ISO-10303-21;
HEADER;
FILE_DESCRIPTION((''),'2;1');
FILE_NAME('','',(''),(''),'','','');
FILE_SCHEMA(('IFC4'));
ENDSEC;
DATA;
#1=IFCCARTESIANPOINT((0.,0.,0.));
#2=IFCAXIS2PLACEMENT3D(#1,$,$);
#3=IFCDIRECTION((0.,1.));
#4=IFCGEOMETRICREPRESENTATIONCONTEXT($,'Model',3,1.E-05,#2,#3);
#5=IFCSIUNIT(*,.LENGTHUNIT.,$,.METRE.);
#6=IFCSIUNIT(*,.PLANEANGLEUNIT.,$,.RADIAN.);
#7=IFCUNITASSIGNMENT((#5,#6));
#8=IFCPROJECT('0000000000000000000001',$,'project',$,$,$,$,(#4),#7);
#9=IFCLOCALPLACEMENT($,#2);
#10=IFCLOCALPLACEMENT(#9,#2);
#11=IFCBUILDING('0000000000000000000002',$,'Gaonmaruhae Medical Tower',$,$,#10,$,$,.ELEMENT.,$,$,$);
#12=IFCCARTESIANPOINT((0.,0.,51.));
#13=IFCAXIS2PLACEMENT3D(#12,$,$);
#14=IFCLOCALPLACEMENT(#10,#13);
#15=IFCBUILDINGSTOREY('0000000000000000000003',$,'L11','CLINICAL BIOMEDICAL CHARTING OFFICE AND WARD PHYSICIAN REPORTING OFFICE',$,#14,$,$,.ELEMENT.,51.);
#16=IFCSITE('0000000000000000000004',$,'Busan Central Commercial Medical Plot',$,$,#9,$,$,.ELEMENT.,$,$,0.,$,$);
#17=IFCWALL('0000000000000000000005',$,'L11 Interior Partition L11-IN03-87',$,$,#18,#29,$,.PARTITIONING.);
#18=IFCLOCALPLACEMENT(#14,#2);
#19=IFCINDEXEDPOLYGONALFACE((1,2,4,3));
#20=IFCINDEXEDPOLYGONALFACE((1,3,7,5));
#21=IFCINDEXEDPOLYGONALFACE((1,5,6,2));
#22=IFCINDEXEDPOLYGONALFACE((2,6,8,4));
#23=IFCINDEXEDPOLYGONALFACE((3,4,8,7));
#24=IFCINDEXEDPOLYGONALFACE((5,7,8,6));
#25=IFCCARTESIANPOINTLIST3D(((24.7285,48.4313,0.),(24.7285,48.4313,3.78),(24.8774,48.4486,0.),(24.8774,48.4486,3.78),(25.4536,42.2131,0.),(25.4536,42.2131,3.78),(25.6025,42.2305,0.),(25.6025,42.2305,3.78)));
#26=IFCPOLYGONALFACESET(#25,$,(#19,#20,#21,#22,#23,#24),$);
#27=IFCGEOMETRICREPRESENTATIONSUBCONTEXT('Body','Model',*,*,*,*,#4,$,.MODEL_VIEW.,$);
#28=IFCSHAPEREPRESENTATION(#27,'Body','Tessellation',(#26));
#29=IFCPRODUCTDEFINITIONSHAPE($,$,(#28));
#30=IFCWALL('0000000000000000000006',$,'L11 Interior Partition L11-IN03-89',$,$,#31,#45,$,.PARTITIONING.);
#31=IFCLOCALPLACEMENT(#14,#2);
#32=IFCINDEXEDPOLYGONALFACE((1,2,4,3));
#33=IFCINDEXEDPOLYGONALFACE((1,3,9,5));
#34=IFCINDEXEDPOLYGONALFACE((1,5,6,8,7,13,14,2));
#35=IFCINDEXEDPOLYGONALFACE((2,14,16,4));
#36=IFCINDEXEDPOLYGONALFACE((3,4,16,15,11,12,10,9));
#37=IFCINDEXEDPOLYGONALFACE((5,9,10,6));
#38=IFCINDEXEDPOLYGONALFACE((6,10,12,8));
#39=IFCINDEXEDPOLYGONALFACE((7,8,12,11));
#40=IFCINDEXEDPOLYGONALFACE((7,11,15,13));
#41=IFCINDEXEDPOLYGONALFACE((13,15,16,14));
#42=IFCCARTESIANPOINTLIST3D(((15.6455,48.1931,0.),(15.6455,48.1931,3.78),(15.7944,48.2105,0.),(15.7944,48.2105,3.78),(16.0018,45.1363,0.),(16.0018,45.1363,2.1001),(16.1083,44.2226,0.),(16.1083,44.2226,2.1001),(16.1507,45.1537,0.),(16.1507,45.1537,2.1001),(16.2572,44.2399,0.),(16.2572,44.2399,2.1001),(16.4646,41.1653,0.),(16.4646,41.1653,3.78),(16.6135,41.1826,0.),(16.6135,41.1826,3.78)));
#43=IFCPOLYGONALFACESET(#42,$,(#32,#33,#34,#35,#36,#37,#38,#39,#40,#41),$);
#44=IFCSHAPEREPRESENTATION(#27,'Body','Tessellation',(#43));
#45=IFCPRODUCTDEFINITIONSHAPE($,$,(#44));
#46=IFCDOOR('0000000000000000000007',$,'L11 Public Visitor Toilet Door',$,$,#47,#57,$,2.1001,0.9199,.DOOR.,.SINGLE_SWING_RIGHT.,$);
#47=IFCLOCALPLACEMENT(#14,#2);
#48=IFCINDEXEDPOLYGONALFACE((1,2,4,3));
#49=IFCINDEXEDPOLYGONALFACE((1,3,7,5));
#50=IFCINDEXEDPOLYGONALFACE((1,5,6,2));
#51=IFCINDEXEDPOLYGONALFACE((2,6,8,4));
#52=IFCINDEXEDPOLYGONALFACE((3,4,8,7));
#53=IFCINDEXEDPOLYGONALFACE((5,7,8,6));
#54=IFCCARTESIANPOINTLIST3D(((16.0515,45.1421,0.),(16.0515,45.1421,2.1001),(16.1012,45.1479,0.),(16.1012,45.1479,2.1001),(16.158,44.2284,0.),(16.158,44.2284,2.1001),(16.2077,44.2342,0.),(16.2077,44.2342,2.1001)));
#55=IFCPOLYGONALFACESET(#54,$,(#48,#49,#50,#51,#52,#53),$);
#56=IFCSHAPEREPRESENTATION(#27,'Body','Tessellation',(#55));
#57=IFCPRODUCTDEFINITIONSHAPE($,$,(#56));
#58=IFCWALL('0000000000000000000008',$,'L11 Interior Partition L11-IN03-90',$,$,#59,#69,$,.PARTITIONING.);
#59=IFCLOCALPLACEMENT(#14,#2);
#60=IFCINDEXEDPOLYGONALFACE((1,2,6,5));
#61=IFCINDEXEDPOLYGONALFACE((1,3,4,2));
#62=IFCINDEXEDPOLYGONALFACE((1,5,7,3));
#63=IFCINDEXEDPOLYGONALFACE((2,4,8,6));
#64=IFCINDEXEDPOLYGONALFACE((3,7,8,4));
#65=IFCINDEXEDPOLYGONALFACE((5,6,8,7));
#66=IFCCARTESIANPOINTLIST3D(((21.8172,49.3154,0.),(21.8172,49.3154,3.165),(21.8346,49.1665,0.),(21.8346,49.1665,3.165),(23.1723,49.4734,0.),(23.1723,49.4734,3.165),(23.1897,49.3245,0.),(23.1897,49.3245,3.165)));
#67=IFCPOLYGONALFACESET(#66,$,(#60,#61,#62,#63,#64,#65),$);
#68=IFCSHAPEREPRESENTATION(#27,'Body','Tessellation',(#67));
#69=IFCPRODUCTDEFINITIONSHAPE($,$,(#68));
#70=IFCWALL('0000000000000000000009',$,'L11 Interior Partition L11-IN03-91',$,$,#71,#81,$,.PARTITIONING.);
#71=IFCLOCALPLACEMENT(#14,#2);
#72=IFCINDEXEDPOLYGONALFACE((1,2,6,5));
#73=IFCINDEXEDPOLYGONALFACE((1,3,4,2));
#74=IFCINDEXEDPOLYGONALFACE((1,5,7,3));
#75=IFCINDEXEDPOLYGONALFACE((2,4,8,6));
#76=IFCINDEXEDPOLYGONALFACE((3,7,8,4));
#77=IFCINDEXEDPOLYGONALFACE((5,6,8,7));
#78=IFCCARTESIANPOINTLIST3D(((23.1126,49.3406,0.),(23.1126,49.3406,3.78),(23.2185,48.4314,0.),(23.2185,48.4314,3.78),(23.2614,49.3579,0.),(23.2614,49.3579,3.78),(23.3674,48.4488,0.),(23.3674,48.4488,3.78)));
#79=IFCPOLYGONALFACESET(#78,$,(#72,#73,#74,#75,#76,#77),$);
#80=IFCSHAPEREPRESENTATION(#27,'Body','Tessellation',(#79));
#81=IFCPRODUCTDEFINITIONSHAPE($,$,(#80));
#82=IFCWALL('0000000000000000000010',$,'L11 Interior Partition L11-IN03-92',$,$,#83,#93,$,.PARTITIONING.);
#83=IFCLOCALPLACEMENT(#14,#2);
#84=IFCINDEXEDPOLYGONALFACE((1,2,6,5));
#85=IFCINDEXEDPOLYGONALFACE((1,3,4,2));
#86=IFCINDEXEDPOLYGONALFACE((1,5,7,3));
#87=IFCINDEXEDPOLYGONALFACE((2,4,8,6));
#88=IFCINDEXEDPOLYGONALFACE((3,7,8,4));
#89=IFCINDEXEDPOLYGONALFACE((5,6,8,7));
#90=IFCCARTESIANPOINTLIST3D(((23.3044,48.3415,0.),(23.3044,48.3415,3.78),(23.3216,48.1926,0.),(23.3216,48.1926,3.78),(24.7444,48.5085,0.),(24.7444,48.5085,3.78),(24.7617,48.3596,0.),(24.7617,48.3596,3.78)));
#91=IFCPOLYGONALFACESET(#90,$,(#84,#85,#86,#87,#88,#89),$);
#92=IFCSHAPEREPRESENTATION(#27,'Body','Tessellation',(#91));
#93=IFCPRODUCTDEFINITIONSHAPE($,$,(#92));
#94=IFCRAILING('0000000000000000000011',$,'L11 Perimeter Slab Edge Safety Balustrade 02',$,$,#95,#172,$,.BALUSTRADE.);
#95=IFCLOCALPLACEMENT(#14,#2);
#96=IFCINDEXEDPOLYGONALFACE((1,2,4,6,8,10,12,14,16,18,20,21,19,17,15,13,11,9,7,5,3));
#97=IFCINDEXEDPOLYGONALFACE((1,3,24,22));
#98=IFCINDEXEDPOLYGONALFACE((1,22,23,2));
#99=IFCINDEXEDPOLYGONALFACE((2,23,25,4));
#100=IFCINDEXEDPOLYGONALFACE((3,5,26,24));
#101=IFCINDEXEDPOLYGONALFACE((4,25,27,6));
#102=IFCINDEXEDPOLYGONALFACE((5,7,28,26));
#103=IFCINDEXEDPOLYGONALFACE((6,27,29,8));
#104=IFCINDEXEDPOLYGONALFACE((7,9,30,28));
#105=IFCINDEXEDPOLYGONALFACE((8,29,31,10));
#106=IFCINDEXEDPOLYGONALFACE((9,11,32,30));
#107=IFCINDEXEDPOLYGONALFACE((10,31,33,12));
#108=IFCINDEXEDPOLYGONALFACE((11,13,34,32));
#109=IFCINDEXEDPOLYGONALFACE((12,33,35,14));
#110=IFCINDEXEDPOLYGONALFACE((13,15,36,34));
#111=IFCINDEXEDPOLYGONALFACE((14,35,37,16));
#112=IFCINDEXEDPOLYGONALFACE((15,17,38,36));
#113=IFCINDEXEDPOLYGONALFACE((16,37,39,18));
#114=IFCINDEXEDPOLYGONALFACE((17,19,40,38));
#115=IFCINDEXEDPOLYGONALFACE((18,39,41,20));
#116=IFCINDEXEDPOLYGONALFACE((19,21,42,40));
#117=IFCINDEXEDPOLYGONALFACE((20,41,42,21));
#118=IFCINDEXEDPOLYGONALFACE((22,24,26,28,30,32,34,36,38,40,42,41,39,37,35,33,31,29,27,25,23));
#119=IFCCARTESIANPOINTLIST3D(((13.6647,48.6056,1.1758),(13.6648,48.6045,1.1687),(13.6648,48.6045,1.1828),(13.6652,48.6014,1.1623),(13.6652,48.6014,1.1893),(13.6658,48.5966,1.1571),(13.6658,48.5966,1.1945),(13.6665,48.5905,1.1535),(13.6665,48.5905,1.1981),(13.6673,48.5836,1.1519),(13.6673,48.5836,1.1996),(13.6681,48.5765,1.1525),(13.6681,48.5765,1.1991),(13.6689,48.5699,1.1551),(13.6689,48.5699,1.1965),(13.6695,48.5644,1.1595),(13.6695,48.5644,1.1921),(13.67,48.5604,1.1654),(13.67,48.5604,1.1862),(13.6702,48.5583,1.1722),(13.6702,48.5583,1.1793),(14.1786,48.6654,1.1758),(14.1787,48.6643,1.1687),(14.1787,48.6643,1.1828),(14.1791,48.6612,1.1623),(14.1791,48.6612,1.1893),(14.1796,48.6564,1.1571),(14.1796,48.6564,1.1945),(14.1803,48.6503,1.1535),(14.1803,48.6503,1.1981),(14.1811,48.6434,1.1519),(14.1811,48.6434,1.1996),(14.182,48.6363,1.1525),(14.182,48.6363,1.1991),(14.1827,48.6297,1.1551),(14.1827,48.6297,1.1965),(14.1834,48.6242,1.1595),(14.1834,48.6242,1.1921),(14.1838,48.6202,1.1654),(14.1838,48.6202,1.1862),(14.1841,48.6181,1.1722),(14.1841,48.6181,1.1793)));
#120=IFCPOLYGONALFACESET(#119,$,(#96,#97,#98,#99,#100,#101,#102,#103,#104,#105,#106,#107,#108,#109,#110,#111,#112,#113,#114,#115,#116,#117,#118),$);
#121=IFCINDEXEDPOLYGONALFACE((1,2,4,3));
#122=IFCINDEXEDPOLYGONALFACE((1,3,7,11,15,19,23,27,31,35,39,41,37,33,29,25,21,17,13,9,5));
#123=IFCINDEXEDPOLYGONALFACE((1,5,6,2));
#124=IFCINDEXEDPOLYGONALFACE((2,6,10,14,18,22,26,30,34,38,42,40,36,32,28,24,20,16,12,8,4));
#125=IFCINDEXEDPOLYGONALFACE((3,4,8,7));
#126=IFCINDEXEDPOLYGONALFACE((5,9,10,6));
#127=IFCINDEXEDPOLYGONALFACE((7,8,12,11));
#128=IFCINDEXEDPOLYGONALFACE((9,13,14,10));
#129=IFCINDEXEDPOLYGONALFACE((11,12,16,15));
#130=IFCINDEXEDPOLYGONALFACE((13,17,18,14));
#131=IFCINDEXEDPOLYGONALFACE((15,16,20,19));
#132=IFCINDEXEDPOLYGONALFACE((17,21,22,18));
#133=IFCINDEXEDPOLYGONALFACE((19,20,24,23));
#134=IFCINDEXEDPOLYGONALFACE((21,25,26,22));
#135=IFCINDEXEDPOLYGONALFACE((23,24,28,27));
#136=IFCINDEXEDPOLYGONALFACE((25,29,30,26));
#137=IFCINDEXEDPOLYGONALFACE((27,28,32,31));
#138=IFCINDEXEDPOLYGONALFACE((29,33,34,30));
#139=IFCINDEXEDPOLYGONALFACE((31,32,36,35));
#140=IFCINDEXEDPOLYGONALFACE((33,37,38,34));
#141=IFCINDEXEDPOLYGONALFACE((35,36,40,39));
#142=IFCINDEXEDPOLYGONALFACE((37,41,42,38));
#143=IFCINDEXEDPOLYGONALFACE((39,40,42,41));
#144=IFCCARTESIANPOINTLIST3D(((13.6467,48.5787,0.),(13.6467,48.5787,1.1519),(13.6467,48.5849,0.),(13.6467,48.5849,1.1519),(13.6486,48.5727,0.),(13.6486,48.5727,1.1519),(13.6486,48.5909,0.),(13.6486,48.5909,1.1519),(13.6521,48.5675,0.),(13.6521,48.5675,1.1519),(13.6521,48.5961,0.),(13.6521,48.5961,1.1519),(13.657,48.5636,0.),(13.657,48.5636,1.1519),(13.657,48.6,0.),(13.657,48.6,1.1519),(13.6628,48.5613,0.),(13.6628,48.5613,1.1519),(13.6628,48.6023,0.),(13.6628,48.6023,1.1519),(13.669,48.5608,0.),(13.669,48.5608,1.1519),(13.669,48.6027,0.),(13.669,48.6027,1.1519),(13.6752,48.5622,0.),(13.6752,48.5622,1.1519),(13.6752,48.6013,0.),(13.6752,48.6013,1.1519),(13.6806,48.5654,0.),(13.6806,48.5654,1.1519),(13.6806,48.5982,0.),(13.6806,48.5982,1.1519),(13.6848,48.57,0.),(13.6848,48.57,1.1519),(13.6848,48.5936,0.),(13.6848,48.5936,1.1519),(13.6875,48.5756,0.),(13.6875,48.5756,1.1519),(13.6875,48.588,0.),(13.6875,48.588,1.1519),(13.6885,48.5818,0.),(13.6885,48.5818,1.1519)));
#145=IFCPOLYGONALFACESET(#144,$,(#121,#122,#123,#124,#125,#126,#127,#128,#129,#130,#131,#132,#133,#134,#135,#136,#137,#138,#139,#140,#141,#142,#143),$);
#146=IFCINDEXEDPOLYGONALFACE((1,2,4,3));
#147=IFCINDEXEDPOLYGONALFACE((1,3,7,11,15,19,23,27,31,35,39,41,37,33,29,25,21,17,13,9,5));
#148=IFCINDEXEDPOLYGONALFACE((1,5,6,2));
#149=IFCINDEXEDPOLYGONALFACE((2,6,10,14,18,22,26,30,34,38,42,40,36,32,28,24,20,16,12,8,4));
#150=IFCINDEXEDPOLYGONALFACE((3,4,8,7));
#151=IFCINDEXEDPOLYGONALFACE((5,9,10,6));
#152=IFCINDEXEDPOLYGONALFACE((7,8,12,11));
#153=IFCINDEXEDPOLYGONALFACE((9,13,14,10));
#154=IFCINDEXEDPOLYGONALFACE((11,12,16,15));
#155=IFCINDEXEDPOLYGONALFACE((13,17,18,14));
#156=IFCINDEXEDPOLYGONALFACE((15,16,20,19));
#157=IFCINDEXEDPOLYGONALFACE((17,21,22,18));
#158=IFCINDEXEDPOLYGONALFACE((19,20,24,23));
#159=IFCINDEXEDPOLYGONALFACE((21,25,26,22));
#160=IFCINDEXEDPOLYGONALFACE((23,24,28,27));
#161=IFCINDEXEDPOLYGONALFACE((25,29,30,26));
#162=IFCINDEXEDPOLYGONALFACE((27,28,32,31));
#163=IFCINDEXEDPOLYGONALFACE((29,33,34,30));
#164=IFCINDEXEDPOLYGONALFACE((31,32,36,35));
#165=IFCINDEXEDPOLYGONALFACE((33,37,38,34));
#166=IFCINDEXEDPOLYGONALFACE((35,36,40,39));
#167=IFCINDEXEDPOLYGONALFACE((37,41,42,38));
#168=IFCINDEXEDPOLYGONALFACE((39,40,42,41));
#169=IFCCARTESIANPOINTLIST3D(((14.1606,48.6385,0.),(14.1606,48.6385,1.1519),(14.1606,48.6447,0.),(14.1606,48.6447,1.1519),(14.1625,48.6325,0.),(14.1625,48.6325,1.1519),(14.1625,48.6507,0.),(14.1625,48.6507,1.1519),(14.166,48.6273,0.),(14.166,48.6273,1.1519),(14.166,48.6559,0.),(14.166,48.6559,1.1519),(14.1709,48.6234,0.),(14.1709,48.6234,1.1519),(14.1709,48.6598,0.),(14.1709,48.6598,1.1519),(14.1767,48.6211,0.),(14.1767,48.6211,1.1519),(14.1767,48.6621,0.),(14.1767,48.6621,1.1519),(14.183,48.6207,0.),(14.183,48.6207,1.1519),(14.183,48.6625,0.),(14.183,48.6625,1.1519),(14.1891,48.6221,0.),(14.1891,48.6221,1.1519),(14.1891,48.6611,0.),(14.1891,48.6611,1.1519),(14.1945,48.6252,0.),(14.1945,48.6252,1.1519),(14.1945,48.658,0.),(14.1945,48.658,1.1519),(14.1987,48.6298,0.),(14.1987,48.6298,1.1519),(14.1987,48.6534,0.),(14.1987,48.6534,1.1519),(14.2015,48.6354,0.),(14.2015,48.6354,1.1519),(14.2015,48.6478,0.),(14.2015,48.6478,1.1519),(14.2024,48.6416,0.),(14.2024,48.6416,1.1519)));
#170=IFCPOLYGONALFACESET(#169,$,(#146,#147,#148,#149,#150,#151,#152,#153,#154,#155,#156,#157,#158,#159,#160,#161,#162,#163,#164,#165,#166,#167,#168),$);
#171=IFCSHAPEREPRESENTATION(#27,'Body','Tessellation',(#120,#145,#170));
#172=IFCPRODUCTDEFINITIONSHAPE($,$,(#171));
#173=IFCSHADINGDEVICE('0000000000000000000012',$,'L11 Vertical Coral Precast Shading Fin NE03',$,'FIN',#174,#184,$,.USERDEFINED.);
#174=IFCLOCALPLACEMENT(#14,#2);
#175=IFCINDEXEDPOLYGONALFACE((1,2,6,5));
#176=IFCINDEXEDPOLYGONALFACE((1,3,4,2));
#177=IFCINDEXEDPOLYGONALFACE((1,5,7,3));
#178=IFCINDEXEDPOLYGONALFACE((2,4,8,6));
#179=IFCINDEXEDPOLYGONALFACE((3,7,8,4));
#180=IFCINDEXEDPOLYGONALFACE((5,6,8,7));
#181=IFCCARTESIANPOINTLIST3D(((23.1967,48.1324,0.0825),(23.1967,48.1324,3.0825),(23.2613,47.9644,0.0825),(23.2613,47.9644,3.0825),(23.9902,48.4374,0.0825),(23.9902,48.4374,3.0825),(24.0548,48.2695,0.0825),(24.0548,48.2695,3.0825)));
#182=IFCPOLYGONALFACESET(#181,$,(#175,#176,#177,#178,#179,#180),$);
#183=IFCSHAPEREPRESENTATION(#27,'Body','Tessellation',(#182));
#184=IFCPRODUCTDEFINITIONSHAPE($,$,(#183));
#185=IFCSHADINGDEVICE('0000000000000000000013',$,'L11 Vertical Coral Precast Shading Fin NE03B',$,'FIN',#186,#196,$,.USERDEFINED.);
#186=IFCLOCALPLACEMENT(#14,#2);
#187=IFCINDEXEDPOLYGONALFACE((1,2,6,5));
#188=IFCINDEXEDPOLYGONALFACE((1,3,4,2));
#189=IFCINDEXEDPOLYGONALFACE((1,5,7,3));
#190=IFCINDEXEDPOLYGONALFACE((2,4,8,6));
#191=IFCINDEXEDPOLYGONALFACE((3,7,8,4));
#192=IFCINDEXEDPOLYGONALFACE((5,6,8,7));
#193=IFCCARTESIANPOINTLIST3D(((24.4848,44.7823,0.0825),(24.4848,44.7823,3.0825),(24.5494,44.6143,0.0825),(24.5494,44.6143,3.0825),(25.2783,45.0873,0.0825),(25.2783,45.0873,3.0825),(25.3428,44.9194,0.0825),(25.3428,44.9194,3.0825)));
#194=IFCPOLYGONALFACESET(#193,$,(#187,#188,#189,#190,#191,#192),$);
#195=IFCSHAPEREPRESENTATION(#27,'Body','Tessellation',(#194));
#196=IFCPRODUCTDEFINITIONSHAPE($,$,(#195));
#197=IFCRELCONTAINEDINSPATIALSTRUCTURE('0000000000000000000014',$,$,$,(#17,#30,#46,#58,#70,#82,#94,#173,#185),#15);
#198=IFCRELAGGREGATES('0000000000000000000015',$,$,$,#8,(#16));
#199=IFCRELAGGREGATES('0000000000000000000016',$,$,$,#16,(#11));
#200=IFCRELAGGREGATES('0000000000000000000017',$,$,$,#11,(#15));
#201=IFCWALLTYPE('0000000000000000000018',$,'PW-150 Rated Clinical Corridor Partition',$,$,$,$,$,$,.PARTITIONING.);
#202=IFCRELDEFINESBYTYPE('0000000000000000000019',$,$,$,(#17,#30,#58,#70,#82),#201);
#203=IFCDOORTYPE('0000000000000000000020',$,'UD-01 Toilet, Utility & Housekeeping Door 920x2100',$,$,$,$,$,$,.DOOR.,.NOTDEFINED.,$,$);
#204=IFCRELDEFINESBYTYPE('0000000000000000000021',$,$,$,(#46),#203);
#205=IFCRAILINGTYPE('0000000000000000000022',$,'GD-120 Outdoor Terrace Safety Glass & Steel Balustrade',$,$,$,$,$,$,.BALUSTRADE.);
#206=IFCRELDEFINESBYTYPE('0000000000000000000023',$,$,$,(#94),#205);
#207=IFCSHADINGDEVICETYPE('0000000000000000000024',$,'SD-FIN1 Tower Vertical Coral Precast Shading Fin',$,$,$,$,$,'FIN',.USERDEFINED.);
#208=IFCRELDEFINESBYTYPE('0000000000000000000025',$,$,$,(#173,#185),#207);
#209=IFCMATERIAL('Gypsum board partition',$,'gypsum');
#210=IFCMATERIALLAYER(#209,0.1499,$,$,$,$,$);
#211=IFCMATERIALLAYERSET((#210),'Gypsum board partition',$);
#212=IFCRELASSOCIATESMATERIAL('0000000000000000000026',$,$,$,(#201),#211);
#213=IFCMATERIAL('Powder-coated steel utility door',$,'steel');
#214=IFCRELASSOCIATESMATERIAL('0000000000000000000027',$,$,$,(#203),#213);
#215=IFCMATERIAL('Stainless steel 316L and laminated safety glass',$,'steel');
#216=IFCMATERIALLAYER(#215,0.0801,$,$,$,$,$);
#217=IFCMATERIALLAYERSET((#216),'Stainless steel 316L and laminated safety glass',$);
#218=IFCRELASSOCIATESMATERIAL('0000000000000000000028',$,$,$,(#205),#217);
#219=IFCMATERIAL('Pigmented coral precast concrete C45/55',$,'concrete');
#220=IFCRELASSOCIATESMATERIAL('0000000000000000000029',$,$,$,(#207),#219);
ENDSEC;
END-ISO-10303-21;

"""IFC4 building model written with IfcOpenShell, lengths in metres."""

from ifc_helpers import new_model, si_unit, direction, frame, frame_2d, origin, origin_2d, place, context, subcontext, project, spatial, rectangle, circle, extrude, material, layer, layer_set, type_object, element, fill, save


model = new_model("IFC4")

# Units and contexts
model_context = context("Model", 3, precision=1e-05, world=origin(), true_north=direction((0.0, 1.0)))
body_context = subcontext(model_context, "Body", "Model", "MODEL_VIEW")
ifc_project = project(units=[si_unit("LENGTHUNIT", "METRE"), si_unit("PLANEANGLEUNIT", "RADIAN")], contexts=[model_context])

# Site, building, storey
site_placement = place(None, origin())
site = spatial("IfcSite", under=ifc_project, at=site_placement, Name="Busan Central Commercial Medical Plot", CompositionType="ELEMENT", RefElevation=0.0)
building_placement = place(site_placement, origin())
building = spatial("IfcBuilding", under=site, at=building_placement, Name="Gaonmaruhae Medical Tower", CompositionType="ELEMENT")
storey_placement = place(building_placement, frame((0.0, 0.0, 51.0)))
storey = spatial("IfcBuildingStorey", under=building, at=storey_placement, Name="L11", Description="CLINICAL BIOMEDICAL CHARTING OFFICE AND WARD PHYSICIAN REPORTING OFFICE", CompositionType="ELEMENT", Elevation=51.0)

# Shared definitions
ifc_material_1 = material(Name="Gypsum board partition", Category="gypsum")
ifc_layer_1 = layer(ifc_material_1, 0.1499)
ifc_layer_set_1 = layer_set([ifc_layer_1], Name="Gypsum board partition")
wall_type_1 = type_object("IfcWallType", Name="PW-150 Rated Clinical Corridor Partition", PredefinedType="PARTITIONING", material=ifc_layer_set_1)

# Wall
wall_1_placement = place(storey_placement, frame((24.803, 48.4399, 0.0), z_axis=(0.0, 0.0, 1.0), x_axis=(0.115827, -0.993269, 0.0)))
element("IfcWall", 1, at=wall_1_placement, inside=storey, type_object=wall_type_1, Name="L11 Interior Partition L11-IN03-87", PredefinedType="PARTITIONING", context=body_context, shape_type="SweptSolid", body=[
    extrude(rectangle(XDim=6.2603, YDim=0.1499, at=frame_2d((3.1301, 0.0))), origin(), (0.0, 0.0, 1.0), 3.78),
])

# Wall, opening, door
wall_2_placement = place(storey_placement, frame((16.5391, 41.1741, 0.0), z_axis=(0.0, 0.0, 1.0), x_axis=(-0.115766, 0.993277, 0.0)))
wall_2 = element("IfcWall", 2, at=wall_2_placement, inside=storey, type_object=wall_type_1, Name="L11 Interior Partition L11-IN03-89", PredefinedType="PARTITIONING", context=body_context, shape_type="SweptSolid", body=[
    extrude(rectangle(XDim=7.0754, YDim=0.1499, at=frame_2d((3.5376, 0.0))), origin(), (0.0, 0.0, 1.0), 3.78),
])
opening_1_placement = place(wall_2_placement, frame((3.0779, 0.0, 0.0)))
opening_1 = element("IfcOpeningElement", 3, at=opening_1_placement, cuts=wall_2, PredefinedType="OPENING", context=body_context, shape_type="SweptSolid", body=[
    extrude(rectangle(XDim=0.9199, YDim=2.1001, at=frame_2d((0.46, 1.05))), frame((0.0, 0.085, 0.0), z_axis=(0.0, -1.0, 0.0), x_axis=(1.0, 0.0, 0.0)), (0.0, 0.0, 1.0), 0.1699),
])
ifc_material_2 = material(Name="Powder-coated steel utility door", Category="steel")
door_type_1 = type_object("IfcDoorType", Name="UD-01 Toilet, Utility & Housekeeping Door 920x2100", OperationType="NOTDEFINED", PredefinedType="DOOR", material=ifc_material_2)
door_1_placement = place(opening_1_placement, origin())
door_1 = element("IfcDoor", 4, at=door_1_placement, inside=storey, type_object=door_type_1, Name="L11 Public Visitor Toilet Door", OperationType="SINGLE_SWING_RIGHT", OverallHeight=2.1001, OverallWidth=0.9199, PredefinedType="DOOR", context=body_context, shape_type="SweptSolid", body=[
    extrude(rectangle(XDim=0.9199, YDim=2.1001, at=frame_2d((0.46, 1.05))), frame((0.0, 0.0249, 0.0), z_axis=(0.0, -1.0, 0.0), x_axis=(1.0, 0.0, 0.0)), (0.0, 0.0, 1.0), 0.05),
])
fill(opening_1, door_1)

# Walls
wall_3_placement = place(storey_placement, frame((21.8259, 49.241, 0.0), z_axis=(0.0, 0.0, 1.0), x_axis=(0.993273, 0.115792, 0.0)))
element("IfcWall", 5, at=wall_3_placement, inside=storey, type_object=wall_type_1, Name="L11 Interior Partition L11-IN03-90", PredefinedType="PARTITIONING", context=body_context, shape_type="SweptSolid", body=[
    extrude(rectangle(XDim=1.3643, YDim=0.1499, at=frame_2d((0.6821, 0.0))), origin(), (0.0, 0.0, 1.0), 3.165),
])
wall_4_placement = place(storey_placement, frame((23.187, 49.3491, 0.0), z_axis=(0.0, 0.0, 1.0), x_axis=(0.115758, -0.993277, 0.0)))
element("IfcWall", 6, at=wall_4_placement, inside=storey, type_object=wall_type_1, Name="L11 Interior Partition L11-IN03-91", PredefinedType="PARTITIONING", context=body_context, shape_type="SweptSolid", body=[
    extrude(rectangle(XDim=0.9153, YDim=0.1499, at=frame_2d((0.4575, 0.0))), origin(), (0.0, 0.0, 1.0), 3.78),
])
wall_5_placement = place(storey_placement, frame((23.313, 48.2671, 0.0), z_axis=(0.0, 0.0, 1.0), x_axis=(0.993342, 0.115199, 0.0)))
element("IfcWall", 7, at=wall_5_placement, inside=storey, type_object=wall_type_1, Name="L11 Interior Partition L11-IN03-92", PredefinedType="PARTITIONING", context=body_context, shape_type="SweptSolid", body=[
    extrude(rectangle(XDim=1.4497, YDim=0.1499, at=frame_2d((0.7249, 0.0))), origin(), (0.0, 0.0, 1.0), 3.78),
])

# Railing
ifc_material_3 = material(Name="Stainless steel 316L and laminated safety glass", Category="steel")
ifc_layer_2 = layer(ifc_material_3, 0.0801)
ifc_layer_set_2 = layer_set([ifc_layer_2], Name="Stainless steel 316L and laminated safety glass")
railing_type = type_object("IfcRailingType", Name="GD-120 Outdoor Terrace Safety Glass & Steel Balustrade", PredefinedType="BALUSTRADE", material=ifc_layer_set_2)
railing_placement = place(storey_placement, frame((13.6675, 48.5818, 0.0)))
element("IfcRailing", 8, at=railing_placement, inside=storey, type_object=railing_type, Name="L11 Perimeter Slab Edge Safety Balustrade 02", PredefinedType="BALUSTRADE", context=body_context, shape_type="SweptSolid", body=[
    extrude(circle(Radius=0.0239, at=origin_2d()), frame((0.0, 0.0, 1.1758), z_axis=(0.993295, 0.115609, 0.0), x_axis=(-0.115609, 0.993295, 0.0)), (0.0, 0.0, 1.0), 0.5173),
    extrude(circle(Radius=0.021, at=origin_2d()), origin(), (0.0, 0.0, 1.0), 1.1519),
    extrude(circle(Radius=0.021, at=origin_2d()), frame((0.5139, 0.0598, 0.0)), (0.0, 0.0, 1.0), 1.1519),
])

# Shading devices
ifc_material_4 = material(Name="Pigmented coral precast concrete C45/55", Category="concrete")
shading_device_type = type_object("IfcShadingDeviceType", Name="SD-FIN1 Tower Vertical Coral Precast Shading Fin", ElementType="FIN", PredefinedType="USERDEFINED", material=ifc_material_4)
for number, where, z_axis, x_axis, name in (
    (9, (23.6257, 48.2009, 0.0825), (0.0, 0.0, 1.0), (0.358873, -0.933386, 0.0), "L11 Vertical Coral Precast Shading Fin NE03"),
    (10, (24.9138, 44.8508, 0.0825), (0.0, 0.0, 1.0), (0.358873, -0.933386, 0.0), "L11 Vertical Coral Precast Shading Fin NE03B"),
):
    element("IfcShadingDevice", number, at=place(storey_placement, frame(where, z_axis=z_axis, x_axis=x_axis)), inside=storey, type_object=shading_device_type, Name=name, ObjectType="FIN", PredefinedType="USERDEFINED", context=body_context, shape_type="SweptSolid", body=[
        extrude(rectangle(XDim=0.1799, YDim=0.8501, at=origin_2d()), origin(), (0.0, 0.0, 1.0), 3.0),
    ])

save(model, "model.ifc")
